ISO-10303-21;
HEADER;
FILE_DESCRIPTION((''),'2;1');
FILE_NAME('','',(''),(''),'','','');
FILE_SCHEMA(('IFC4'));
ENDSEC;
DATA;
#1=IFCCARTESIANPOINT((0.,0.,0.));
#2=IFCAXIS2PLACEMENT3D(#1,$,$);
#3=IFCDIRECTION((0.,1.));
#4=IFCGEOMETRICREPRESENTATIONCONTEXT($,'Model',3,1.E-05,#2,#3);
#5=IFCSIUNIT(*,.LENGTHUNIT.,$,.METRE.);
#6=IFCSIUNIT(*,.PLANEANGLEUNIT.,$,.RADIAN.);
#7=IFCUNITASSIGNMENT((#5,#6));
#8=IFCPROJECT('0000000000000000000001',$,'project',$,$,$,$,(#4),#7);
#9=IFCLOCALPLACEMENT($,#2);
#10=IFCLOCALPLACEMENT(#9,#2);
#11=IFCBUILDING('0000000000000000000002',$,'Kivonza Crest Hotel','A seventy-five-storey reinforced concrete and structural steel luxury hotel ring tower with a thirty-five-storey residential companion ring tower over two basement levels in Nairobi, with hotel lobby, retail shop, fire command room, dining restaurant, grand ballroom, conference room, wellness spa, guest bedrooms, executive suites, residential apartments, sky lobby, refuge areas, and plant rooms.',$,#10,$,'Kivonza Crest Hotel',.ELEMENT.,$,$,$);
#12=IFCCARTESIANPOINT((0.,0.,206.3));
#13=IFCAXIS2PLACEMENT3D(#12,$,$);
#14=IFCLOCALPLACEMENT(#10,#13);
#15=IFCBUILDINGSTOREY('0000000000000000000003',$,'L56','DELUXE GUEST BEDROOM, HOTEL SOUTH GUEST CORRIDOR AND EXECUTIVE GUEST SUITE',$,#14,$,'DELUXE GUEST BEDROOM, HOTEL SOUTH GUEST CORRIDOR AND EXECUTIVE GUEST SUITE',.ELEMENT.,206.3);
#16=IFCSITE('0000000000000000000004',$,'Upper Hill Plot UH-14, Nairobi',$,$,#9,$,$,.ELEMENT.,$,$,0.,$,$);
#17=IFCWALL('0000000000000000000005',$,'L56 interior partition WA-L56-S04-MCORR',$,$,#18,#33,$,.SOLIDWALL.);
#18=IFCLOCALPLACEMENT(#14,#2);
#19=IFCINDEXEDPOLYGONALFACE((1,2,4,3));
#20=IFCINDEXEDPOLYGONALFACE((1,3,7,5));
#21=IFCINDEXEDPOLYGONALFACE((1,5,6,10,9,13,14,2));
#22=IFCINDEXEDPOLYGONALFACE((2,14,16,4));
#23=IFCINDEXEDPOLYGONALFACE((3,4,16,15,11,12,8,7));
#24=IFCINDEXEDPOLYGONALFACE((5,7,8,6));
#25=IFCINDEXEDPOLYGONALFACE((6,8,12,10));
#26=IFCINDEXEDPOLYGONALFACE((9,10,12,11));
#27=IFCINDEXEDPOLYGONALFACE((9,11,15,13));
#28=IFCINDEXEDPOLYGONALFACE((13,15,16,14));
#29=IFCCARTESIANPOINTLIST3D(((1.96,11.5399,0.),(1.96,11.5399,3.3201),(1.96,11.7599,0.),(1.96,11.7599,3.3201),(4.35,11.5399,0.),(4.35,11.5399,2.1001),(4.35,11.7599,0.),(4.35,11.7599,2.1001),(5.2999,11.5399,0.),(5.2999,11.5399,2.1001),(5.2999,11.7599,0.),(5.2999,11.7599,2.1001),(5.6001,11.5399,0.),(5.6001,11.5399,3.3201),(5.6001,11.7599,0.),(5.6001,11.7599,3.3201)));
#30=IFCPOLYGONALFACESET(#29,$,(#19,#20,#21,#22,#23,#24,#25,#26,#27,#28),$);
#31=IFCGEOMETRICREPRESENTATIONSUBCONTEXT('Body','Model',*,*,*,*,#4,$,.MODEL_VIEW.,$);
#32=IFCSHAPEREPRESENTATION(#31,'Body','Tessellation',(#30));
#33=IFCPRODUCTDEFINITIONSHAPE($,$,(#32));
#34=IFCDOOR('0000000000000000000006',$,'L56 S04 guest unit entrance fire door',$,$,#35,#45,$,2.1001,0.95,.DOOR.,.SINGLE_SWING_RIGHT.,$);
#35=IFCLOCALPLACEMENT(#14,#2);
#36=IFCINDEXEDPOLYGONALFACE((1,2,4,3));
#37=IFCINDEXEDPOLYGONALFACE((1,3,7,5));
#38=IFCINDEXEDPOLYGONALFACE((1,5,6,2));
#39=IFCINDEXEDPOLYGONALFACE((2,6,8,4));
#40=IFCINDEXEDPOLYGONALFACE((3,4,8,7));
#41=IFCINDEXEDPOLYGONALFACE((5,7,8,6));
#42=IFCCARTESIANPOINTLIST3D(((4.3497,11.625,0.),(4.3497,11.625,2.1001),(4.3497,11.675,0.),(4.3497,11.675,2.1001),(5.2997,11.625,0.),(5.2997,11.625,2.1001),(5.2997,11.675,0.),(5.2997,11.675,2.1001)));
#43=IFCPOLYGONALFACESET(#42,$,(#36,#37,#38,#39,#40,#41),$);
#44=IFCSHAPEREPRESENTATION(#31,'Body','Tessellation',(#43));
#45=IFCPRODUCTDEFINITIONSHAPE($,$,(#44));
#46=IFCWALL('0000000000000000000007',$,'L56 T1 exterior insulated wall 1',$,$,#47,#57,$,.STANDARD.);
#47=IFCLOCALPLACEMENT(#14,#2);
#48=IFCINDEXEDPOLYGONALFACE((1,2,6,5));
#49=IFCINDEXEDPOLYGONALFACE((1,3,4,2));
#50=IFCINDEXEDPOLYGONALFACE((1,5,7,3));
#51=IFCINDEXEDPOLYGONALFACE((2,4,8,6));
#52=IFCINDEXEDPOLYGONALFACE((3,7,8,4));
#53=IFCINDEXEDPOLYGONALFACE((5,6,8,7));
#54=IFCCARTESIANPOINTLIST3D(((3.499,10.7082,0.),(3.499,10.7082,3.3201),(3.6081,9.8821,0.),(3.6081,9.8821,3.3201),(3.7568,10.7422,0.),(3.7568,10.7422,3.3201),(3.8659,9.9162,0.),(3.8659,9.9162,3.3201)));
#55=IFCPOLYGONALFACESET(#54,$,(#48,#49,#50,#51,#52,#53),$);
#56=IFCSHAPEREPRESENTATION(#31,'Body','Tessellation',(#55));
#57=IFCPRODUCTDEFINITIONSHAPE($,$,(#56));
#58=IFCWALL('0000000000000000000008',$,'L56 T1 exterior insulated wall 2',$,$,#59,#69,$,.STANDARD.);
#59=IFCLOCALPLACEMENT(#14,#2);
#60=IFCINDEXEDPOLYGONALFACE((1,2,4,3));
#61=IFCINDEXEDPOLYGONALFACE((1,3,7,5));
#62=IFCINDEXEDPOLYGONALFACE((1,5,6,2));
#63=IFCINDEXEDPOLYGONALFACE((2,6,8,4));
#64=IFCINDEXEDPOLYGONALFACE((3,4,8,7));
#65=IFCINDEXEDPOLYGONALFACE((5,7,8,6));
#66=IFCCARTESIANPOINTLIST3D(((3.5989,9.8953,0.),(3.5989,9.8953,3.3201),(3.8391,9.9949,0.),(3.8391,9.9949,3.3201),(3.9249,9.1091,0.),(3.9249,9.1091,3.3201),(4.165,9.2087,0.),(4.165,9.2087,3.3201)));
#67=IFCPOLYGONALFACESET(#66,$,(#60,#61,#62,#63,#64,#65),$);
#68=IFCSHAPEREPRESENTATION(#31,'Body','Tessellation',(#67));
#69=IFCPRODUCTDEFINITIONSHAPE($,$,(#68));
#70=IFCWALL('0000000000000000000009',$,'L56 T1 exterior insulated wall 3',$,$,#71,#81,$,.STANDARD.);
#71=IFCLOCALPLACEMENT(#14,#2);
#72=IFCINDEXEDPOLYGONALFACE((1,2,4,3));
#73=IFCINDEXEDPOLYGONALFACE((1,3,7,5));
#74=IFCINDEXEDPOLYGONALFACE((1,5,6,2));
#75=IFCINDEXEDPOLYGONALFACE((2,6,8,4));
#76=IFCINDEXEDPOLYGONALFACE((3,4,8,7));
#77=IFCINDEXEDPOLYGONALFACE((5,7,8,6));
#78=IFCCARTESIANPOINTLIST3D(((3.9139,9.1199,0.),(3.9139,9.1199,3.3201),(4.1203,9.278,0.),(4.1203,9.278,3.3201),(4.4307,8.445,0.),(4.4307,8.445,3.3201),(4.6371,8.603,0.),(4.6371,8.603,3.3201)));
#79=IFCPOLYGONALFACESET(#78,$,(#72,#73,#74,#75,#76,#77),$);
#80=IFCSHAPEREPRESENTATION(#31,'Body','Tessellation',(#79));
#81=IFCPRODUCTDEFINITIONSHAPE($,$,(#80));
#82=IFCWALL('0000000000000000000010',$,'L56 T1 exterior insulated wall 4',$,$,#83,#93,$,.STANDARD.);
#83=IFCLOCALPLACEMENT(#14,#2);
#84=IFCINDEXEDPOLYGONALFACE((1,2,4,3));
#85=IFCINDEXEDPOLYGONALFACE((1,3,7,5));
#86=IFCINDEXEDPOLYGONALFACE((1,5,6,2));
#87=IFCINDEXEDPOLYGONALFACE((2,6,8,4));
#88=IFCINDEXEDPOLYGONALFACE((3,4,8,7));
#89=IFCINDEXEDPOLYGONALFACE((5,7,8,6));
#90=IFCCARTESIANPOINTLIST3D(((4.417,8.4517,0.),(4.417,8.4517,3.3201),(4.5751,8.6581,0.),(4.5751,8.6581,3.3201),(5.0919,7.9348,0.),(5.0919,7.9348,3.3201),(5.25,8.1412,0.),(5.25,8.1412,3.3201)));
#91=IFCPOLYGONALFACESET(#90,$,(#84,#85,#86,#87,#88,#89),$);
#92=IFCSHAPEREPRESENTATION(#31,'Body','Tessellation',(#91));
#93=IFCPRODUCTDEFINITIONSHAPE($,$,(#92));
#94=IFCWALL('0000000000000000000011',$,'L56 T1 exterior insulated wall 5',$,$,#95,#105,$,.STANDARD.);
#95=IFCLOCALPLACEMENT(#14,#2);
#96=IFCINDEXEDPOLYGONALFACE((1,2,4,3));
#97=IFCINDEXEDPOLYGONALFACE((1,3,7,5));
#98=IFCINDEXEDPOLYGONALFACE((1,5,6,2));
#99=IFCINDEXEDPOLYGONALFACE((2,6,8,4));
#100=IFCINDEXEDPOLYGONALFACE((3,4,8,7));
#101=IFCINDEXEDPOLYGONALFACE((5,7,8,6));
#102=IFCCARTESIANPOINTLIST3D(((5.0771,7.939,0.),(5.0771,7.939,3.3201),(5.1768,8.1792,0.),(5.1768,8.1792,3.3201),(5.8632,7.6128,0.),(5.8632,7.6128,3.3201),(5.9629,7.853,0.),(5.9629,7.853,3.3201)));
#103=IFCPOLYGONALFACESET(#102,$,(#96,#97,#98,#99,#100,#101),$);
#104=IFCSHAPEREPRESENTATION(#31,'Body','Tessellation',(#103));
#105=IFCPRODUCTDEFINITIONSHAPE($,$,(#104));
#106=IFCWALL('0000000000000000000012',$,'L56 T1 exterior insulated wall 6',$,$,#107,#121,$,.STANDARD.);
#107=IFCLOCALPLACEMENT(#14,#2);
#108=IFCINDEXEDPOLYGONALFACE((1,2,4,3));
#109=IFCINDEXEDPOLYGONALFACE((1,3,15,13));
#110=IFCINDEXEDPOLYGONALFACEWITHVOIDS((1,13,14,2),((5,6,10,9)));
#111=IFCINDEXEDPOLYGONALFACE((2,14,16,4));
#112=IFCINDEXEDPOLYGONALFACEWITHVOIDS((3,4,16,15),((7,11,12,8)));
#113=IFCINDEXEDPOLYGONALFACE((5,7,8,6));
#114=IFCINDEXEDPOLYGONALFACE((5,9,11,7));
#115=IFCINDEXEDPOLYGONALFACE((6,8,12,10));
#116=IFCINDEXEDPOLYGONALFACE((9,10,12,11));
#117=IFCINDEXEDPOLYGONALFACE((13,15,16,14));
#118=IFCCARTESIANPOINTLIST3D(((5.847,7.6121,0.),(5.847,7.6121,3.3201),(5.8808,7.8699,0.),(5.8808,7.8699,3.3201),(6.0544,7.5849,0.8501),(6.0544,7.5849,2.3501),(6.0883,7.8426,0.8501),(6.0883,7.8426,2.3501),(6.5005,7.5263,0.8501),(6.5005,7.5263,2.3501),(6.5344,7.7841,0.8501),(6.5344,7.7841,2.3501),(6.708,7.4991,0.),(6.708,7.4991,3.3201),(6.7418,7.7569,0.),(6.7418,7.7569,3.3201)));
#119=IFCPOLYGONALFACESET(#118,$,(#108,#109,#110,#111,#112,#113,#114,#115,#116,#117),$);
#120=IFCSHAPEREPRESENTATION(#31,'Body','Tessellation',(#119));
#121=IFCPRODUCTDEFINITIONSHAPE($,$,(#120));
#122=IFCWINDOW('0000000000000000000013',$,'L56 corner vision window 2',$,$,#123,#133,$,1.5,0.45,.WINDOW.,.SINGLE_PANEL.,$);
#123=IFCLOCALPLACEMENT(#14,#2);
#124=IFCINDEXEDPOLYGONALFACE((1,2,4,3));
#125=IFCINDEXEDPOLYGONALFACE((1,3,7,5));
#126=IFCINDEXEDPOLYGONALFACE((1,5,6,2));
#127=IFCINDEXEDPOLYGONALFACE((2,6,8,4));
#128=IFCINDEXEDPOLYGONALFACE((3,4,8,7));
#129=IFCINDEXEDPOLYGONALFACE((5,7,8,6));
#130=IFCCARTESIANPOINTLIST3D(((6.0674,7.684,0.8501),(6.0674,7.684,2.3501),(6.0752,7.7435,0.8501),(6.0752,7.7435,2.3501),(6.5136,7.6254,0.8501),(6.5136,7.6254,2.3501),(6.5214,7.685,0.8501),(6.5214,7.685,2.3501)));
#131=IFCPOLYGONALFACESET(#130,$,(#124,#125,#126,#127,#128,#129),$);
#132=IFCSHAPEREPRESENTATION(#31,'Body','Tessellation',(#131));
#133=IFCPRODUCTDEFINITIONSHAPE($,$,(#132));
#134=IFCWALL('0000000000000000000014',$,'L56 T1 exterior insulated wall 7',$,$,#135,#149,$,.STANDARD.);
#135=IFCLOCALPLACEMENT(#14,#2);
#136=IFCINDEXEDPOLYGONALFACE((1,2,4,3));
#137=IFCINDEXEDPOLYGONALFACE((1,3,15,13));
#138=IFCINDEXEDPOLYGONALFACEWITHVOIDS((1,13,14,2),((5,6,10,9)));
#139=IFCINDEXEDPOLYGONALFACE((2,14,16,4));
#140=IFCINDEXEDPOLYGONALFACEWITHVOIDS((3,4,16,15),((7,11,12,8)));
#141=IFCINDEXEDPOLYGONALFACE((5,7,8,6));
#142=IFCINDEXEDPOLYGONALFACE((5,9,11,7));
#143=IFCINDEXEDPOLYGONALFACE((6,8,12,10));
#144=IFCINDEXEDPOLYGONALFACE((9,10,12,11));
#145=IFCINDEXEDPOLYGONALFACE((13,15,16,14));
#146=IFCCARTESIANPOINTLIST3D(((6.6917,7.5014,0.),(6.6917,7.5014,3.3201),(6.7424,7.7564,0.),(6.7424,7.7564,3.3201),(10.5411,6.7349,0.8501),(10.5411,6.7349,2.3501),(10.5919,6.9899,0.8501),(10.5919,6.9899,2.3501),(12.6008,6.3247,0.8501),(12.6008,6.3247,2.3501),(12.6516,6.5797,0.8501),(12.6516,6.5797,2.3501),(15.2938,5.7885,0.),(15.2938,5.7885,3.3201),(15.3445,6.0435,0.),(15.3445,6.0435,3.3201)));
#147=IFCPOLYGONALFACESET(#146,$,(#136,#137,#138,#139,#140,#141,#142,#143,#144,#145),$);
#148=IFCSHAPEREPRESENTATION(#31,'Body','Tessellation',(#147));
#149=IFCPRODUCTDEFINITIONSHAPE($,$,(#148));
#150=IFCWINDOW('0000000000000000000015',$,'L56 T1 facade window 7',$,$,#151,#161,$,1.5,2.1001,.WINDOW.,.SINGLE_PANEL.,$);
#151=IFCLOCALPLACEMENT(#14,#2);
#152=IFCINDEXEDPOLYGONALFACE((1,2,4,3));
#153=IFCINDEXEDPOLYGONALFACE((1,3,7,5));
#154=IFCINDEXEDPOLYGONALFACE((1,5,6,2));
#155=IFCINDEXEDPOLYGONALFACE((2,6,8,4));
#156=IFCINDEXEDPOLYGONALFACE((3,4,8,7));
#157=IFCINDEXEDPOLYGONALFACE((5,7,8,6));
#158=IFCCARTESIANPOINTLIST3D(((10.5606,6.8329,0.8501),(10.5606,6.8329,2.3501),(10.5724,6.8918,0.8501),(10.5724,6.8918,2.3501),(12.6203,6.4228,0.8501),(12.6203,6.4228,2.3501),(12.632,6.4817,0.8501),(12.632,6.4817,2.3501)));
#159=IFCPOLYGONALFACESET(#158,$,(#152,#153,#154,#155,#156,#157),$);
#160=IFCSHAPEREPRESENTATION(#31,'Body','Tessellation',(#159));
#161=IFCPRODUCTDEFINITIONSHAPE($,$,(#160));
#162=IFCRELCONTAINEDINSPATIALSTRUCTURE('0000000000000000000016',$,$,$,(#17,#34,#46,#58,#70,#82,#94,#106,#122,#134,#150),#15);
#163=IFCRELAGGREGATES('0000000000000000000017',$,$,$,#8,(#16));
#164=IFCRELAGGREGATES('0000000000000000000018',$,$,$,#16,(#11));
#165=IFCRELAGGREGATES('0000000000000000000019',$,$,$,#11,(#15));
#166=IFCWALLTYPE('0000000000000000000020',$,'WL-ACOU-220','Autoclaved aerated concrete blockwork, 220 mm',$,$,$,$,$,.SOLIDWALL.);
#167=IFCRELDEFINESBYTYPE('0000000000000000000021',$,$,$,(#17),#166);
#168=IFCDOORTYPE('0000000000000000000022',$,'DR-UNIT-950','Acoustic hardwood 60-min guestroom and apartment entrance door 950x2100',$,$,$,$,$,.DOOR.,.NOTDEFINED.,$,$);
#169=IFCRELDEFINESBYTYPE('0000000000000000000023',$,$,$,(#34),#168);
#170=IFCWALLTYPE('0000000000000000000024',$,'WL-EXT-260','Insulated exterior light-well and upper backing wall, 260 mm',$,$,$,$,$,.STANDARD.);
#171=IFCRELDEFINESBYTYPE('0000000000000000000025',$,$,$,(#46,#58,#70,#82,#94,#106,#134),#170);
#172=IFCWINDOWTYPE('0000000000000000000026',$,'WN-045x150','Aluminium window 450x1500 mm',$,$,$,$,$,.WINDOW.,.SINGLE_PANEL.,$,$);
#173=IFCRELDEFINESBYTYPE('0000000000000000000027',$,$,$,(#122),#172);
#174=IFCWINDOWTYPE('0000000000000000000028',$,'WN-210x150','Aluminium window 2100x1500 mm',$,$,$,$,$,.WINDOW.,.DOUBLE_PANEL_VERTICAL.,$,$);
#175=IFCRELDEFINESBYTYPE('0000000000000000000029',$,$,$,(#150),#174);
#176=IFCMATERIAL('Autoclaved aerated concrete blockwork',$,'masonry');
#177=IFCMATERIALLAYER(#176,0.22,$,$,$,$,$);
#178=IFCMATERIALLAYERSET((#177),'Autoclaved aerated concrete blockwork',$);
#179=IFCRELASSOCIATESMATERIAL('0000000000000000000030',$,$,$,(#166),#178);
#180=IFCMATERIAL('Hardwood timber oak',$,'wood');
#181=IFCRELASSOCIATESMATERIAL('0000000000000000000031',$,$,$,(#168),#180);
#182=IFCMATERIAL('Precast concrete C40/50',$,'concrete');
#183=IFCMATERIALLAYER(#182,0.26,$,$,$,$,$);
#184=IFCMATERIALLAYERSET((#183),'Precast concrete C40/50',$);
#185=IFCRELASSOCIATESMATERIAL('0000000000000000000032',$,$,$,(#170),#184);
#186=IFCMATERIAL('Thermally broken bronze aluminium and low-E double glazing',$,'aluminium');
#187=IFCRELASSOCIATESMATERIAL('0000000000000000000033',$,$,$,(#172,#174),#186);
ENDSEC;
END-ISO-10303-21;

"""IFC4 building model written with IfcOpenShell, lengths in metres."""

from ifc_helpers import new_model, si_unit, direction, frame, frame_2d, origin, place, context, subcontext, project, spatial, rectangle, extrude, material, layer, layer_set, type_object, element, fill, save


model = new_model("IFC4")

# Units and contexts
model_context = context("Model", 3, precision=1e-05, world=origin(), true_north=direction((0.0, 1.0)))
body_context = subcontext(model_context, "Body", "Model", "MODEL_VIEW")
ifc_project = project(units=[si_unit("LENGTHUNIT", "METRE"), si_unit("PLANEANGLEUNIT", "RADIAN")], contexts=[model_context])

# Site, building, storey
site_placement = place(None, origin())
site = spatial("IfcSite", under=ifc_project, at=site_placement, Name="Upper Hill Plot UH-14, Nairobi", CompositionType="ELEMENT", RefElevation=0.0)
building_placement = place(site_placement, origin())
building = spatial("IfcBuilding", under=site, at=building_placement, Name="Kivonza Crest Hotel", Description="A seventy-five-storey reinforced concrete and structural steel luxury hotel ring tower with a thirty-five-storey residential companion ring tower over two basement levels in Nairobi, with hotel lobby, retail shop, fire command room, dining restaurant, grand ballroom, conference room, wellness spa, guest bedrooms, executive suites, residential apartments, sky lobby, refuge areas, and plant rooms.", LongName="Kivonza Crest Hotel", CompositionType="ELEMENT")
storey_placement = place(building_placement, frame((0.0, 0.0, 206.3)))
storey = spatial("IfcBuildingStorey", under=building, at=storey_placement, Name="L56", Description="DELUXE GUEST BEDROOM, HOTEL SOUTH GUEST CORRIDOR AND EXECUTIVE GUEST SUITE", LongName="DELUXE GUEST BEDROOM, HOTEL SOUTH GUEST CORRIDOR AND EXECUTIVE GUEST SUITE", CompositionType="ELEMENT", Elevation=206.3)

# Shared definitions
ifc_material_1 = material(Name="Autoclaved aerated concrete blockwork", Category="masonry")
ifc_layer_1 = layer(ifc_material_1, 0.22)
ifc_layer_set_1 = layer_set([ifc_layer_1], Name="Autoclaved aerated concrete blockwork")
wall_type_1 = type_object("IfcWallType", Name="WL-ACOU-220", Description="Autoclaved aerated concrete blockwork, 220 mm", PredefinedType="SOLIDWALL", material=ifc_layer_set_1)

# Wall, opening, door
wall_1_placement = place(storey_placement, frame((1.96, 11.6499, 0.0), z_axis=(0.0, 0.0, 1.0), x_axis=(1.0, 0.0, 0.0)))
wall_1 = element("IfcWall", 1, at=wall_1_placement, inside=storey, type_object=wall_type_1, Name="L56 interior partition WA-L56-S04-MCORR", PredefinedType="SOLIDWALL", context=body_context, shape_type="SweptSolid", body=[
    extrude(rectangle(XDim=3.6401, YDim=0.22, at=frame_2d((1.8201, 0.0))), origin(), (0.0, 0.0, 1.0), 3.3201),
])
opening_1_placement = place(wall_1_placement, frame((2.3899, 0.0, 0.0)))
opening_1 = element("IfcOpeningElement", 2, at=opening_1_placement, cuts=wall_1, PredefinedType="OPENING", context=body_context, shape_type="SweptSolid", body=[
    extrude(rectangle(XDim=0.95, YDim=2.1001, at=frame_2d((0.4751, 1.05))), frame((0.0, 0.1201, 0.0), z_axis=(0.0, -1.0, 0.0), x_axis=(1.0, 0.0, 0.0)), (0.0, 0.0, 1.0), 0.24),
])
ifc_material_2 = material(Name="Hardwood timber oak", Category="wood")
door_type_1 = type_object("IfcDoorType", Name="DR-UNIT-950", Description="Acoustic hardwood 60-min guestroom and apartment entrance door 950x2100", OperationType="NOTDEFINED", PredefinedType="DOOR", material=ifc_material_2)
door_1_placement = place(opening_1_placement, frame((0.95, 0.0, 0.0), z_axis=(0.0, 0.0, 1.0), x_axis=(-1.0, 0.0, 0.0)))
door_1 = element("IfcDoor", 3, at=door_1_placement, inside=storey, type_object=door_type_1, Name="L56 S04 guest unit entrance fire door", OperationType="SINGLE_SWING_RIGHT", OverallHeight=2.1001, OverallWidth=0.95, PredefinedType="DOOR", context=body_context, shape_type="SweptSolid", body=[
    extrude(rectangle(XDim=0.95, YDim=2.1001, at=frame_2d((0.4751, 1.05))), frame((0.0, 0.0249, 0.0), z_axis=(0.0, -1.0, 0.0), x_axis=(1.0, 0.0, 0.0)), (0.0, 0.0, 1.0), 0.05),
])
fill(opening_1, door_1)

# Walls
ifc_material_3 = material(Name="Precast concrete C40/50", Category="concrete")
ifc_layer_2 = layer(ifc_material_3, 0.26)
ifc_layer_set_2 = layer_set([ifc_layer_2], Name="Precast concrete C40/50")
wall_type_2 = type_object("IfcWallType", Name="WL-EXT-260", Description="Insulated exterior light-well and upper backing wall, 260 mm", PredefinedType="STANDARD", material=ifc_layer_set_2)
wall_2_placement = place(storey_placement, frame((3.6279, 10.7251, 0.0), z_axis=(0.0, 0.0, 1.0), x_axis=(0.130955, -0.991388, 0.0)))
element("IfcWall", 4, at=wall_2_placement, inside=storey, type_object=wall_type_2, Name="L56 T1 exterior insulated wall 1", PredefinedType="STANDARD", context=body_context, shape_type="SweptSolid", body=[
    extrude(rectangle(XDim=0.8333, YDim=0.26, at=frame_2d((0.4165, 0.0))), origin(), (0.0, 0.0, 1.0), 3.3201),
])
wall_3_placement = place(storey_placement, frame((3.719, 9.9451, 0.0), z_axis=(0.0, 0.0, 1.0), x_axis=(0.382985, -0.923754, 0.0)))
element("IfcWall", 5, at=wall_3_placement, inside=storey, type_object=wall_type_2, Name="L56 T1 exterior insulated wall 2", PredefinedType="STANDARD", context=body_context, shape_type="SweptSolid", body=[
    extrude(rectangle(XDim=0.8511, YDim=0.26, at=frame_2d((0.4255, 0.0))), origin(), (0.0, 0.0, 1.0), 3.3201),
])
for number, where, z_axis, x_axis, name in (
    (6, (4.0171, 9.199, 0.0), (0.0, 0.0, 1.0), (0.607919, -0.793999, 0.0), "L56 T1 exterior insulated wall 3"),
    (7, (4.4961, 8.5549, 0.0), (0.0, 0.0, 1.0), (0.793893, -0.608058, 0.0), "L56 T1 exterior insulated wall 4"),
):
    element("IfcWall", number, at=place(storey_placement, frame(where, z_axis=z_axis, x_axis=x_axis)), inside=storey, type_object=wall_type_2, Name=name, PredefinedType="STANDARD", context=body_context, shape_type="SweptSolid", body=[
        extrude(rectangle(XDim=0.8501, YDim=0.26, at=frame_2d((0.425, 0.0))), origin(), (0.0, 0.0, 1.0), 3.3201),
    ])
wall_4_placement = place(storey_placement, frame((5.127, 8.0591, 0.0), z_axis=(0.0, 0.0, 1.0), x_axis=(0.923653, -0.38323, 0.0)))
element("IfcWall", 8, at=wall_4_placement, inside=storey, type_object=wall_type_2, Name="L56 T1 exterior insulated wall 5", PredefinedType="STANDARD", context=body_context, shape_type="SweptSolid", body=[
    extrude(rectangle(XDim=0.8511, YDim=0.26, at=frame_2d((0.4255, 0.0))), origin(), (0.0, 0.0, 1.0), 3.3201),
])

# Walls, openings, windows
wall_5_placement = place(storey_placement, frame((5.864, 7.741, 0.0), z_axis=(0.0, 0.0, 1.0), x_axis=(0.991493, -0.130156, 0.0)))
wall_5 = element("IfcWall", 9, at=wall_5_placement, inside=storey, type_object=wall_type_2, Name="L56 T1 exterior insulated wall 6", PredefinedType="STANDARD", context=body_context, shape_type="SweptSolid", body=[
    extrude(rectangle(XDim=0.8684, YDim=0.26, at=frame_2d((0.4341, 0.0))), origin(), (0.0, 0.0, 1.0), 3.3201),
])
opening_2_placement = place(wall_5_placement, frame((0.209, 0.0, 0.8501)))
opening_2 = element("IfcOpeningElement", 10, at=opening_2_placement, cuts=wall_5, PredefinedType="OPENING", context=body_context, shape_type="SweptSolid", body=[
    extrude(rectangle(XDim=0.45, YDim=1.5, at=frame_2d((0.2251, 0.75))), frame((0.0, 0.1401, 0.0), z_axis=(0.0, -1.0, 0.0), x_axis=(1.0, 0.0, 0.0)), (0.0, 0.0, 1.0), 0.28),
])
ifc_material_4 = material(Name="Thermally broken bronze aluminium and low-E double glazing", Category="aluminium")
window_type_1 = type_object("IfcWindowType", Name="WN-045x150", Description="Aluminium window 450x1500 mm", PartitioningType="SINGLE_PANEL", PredefinedType="WINDOW", material=ifc_material_4)
window_1_placement = place(opening_2_placement, origin())
window_1 = element("IfcWindow", 11, at=window_1_placement, inside=storey, type_object=window_type_1, Name="L56 corner vision window 2", OverallHeight=1.5, OverallWidth=0.45, PartitioningType="SINGLE_PANEL", PredefinedType="WINDOW", context=body_context, shape_type="SweptSolid", body=[
    extrude(rectangle(XDim=0.45, YDim=1.5, at=frame_2d((0.2251, 0.75))), frame((0.0, 0.03, 0.0), z_axis=(0.0, -1.0, 0.0), x_axis=(1.0, 0.0, 0.0)), (0.0, 0.0, 1.0), 0.0601),
])
fill(opening_2, window_1)
wall_6_placement = place(storey_placement, frame((6.717, 7.6289, 0.0), z_axis=(0.0, 0.0, 1.0), x_axis=(0.980745, -0.195292, 0.0)))
wall_6 = element("IfcWall", 12, at=wall_6_placement, inside=storey, type_object=wall_type_2, Name="L56 T1 exterior insulated wall 7", PredefinedType="STANDARD", context=body_context, shape_type="SweptSolid", body=[
    extrude(rectangle(XDim=8.771, YDim=0.26, at=frame_2d((4.3855, 0.0))), origin(), (0.0, 0.0, 1.0), 3.3201),
])
opening_3_placement = place(wall_6_placement, frame((3.925, 0.0, 0.8501)))
opening_3 = element("IfcOpeningElement", 13, at=opening_3_placement, cuts=wall_6, PredefinedType="OPENING", context=body_context, shape_type="SweptSolid", body=[
    extrude(rectangle(XDim=2.1001, YDim=1.5, at=frame_2d((1.05, 0.75))), frame((0.0, 0.1401, 0.0), z_axis=(0.0, -1.0, 0.0), x_axis=(1.0, 0.0, 0.0)), (0.0, 0.0, 1.0), 0.28),
])
window_type_2 = type_object("IfcWindowType", Name="WN-210x150", Description="Aluminium window 2100x1500 mm", PartitioningType="DOUBLE_PANEL_VERTICAL", PredefinedType="WINDOW", material=ifc_material_4)
window_2_placement = place(opening_3_placement, origin())
window_2 = element("IfcWindow", 14, at=window_2_placement, inside=storey, type_object=window_type_2, Name="L56 T1 facade window 7", OverallHeight=1.5, OverallWidth=2.1001, PartitioningType="SINGLE_PANEL", PredefinedType="WINDOW", context=body_context, shape_type="SweptSolid", body=[
    extrude(rectangle(XDim=2.1001, YDim=1.5, at=frame_2d((1.05, 0.75))), frame((0.0, 0.03, 0.0), z_axis=(0.0, -1.0, 0.0), x_axis=(1.0, 0.0, 0.0)), (0.0, 0.0, 1.0), 0.0601),
])
fill(opening_3, window_2)

save(model, "model.ifc")
